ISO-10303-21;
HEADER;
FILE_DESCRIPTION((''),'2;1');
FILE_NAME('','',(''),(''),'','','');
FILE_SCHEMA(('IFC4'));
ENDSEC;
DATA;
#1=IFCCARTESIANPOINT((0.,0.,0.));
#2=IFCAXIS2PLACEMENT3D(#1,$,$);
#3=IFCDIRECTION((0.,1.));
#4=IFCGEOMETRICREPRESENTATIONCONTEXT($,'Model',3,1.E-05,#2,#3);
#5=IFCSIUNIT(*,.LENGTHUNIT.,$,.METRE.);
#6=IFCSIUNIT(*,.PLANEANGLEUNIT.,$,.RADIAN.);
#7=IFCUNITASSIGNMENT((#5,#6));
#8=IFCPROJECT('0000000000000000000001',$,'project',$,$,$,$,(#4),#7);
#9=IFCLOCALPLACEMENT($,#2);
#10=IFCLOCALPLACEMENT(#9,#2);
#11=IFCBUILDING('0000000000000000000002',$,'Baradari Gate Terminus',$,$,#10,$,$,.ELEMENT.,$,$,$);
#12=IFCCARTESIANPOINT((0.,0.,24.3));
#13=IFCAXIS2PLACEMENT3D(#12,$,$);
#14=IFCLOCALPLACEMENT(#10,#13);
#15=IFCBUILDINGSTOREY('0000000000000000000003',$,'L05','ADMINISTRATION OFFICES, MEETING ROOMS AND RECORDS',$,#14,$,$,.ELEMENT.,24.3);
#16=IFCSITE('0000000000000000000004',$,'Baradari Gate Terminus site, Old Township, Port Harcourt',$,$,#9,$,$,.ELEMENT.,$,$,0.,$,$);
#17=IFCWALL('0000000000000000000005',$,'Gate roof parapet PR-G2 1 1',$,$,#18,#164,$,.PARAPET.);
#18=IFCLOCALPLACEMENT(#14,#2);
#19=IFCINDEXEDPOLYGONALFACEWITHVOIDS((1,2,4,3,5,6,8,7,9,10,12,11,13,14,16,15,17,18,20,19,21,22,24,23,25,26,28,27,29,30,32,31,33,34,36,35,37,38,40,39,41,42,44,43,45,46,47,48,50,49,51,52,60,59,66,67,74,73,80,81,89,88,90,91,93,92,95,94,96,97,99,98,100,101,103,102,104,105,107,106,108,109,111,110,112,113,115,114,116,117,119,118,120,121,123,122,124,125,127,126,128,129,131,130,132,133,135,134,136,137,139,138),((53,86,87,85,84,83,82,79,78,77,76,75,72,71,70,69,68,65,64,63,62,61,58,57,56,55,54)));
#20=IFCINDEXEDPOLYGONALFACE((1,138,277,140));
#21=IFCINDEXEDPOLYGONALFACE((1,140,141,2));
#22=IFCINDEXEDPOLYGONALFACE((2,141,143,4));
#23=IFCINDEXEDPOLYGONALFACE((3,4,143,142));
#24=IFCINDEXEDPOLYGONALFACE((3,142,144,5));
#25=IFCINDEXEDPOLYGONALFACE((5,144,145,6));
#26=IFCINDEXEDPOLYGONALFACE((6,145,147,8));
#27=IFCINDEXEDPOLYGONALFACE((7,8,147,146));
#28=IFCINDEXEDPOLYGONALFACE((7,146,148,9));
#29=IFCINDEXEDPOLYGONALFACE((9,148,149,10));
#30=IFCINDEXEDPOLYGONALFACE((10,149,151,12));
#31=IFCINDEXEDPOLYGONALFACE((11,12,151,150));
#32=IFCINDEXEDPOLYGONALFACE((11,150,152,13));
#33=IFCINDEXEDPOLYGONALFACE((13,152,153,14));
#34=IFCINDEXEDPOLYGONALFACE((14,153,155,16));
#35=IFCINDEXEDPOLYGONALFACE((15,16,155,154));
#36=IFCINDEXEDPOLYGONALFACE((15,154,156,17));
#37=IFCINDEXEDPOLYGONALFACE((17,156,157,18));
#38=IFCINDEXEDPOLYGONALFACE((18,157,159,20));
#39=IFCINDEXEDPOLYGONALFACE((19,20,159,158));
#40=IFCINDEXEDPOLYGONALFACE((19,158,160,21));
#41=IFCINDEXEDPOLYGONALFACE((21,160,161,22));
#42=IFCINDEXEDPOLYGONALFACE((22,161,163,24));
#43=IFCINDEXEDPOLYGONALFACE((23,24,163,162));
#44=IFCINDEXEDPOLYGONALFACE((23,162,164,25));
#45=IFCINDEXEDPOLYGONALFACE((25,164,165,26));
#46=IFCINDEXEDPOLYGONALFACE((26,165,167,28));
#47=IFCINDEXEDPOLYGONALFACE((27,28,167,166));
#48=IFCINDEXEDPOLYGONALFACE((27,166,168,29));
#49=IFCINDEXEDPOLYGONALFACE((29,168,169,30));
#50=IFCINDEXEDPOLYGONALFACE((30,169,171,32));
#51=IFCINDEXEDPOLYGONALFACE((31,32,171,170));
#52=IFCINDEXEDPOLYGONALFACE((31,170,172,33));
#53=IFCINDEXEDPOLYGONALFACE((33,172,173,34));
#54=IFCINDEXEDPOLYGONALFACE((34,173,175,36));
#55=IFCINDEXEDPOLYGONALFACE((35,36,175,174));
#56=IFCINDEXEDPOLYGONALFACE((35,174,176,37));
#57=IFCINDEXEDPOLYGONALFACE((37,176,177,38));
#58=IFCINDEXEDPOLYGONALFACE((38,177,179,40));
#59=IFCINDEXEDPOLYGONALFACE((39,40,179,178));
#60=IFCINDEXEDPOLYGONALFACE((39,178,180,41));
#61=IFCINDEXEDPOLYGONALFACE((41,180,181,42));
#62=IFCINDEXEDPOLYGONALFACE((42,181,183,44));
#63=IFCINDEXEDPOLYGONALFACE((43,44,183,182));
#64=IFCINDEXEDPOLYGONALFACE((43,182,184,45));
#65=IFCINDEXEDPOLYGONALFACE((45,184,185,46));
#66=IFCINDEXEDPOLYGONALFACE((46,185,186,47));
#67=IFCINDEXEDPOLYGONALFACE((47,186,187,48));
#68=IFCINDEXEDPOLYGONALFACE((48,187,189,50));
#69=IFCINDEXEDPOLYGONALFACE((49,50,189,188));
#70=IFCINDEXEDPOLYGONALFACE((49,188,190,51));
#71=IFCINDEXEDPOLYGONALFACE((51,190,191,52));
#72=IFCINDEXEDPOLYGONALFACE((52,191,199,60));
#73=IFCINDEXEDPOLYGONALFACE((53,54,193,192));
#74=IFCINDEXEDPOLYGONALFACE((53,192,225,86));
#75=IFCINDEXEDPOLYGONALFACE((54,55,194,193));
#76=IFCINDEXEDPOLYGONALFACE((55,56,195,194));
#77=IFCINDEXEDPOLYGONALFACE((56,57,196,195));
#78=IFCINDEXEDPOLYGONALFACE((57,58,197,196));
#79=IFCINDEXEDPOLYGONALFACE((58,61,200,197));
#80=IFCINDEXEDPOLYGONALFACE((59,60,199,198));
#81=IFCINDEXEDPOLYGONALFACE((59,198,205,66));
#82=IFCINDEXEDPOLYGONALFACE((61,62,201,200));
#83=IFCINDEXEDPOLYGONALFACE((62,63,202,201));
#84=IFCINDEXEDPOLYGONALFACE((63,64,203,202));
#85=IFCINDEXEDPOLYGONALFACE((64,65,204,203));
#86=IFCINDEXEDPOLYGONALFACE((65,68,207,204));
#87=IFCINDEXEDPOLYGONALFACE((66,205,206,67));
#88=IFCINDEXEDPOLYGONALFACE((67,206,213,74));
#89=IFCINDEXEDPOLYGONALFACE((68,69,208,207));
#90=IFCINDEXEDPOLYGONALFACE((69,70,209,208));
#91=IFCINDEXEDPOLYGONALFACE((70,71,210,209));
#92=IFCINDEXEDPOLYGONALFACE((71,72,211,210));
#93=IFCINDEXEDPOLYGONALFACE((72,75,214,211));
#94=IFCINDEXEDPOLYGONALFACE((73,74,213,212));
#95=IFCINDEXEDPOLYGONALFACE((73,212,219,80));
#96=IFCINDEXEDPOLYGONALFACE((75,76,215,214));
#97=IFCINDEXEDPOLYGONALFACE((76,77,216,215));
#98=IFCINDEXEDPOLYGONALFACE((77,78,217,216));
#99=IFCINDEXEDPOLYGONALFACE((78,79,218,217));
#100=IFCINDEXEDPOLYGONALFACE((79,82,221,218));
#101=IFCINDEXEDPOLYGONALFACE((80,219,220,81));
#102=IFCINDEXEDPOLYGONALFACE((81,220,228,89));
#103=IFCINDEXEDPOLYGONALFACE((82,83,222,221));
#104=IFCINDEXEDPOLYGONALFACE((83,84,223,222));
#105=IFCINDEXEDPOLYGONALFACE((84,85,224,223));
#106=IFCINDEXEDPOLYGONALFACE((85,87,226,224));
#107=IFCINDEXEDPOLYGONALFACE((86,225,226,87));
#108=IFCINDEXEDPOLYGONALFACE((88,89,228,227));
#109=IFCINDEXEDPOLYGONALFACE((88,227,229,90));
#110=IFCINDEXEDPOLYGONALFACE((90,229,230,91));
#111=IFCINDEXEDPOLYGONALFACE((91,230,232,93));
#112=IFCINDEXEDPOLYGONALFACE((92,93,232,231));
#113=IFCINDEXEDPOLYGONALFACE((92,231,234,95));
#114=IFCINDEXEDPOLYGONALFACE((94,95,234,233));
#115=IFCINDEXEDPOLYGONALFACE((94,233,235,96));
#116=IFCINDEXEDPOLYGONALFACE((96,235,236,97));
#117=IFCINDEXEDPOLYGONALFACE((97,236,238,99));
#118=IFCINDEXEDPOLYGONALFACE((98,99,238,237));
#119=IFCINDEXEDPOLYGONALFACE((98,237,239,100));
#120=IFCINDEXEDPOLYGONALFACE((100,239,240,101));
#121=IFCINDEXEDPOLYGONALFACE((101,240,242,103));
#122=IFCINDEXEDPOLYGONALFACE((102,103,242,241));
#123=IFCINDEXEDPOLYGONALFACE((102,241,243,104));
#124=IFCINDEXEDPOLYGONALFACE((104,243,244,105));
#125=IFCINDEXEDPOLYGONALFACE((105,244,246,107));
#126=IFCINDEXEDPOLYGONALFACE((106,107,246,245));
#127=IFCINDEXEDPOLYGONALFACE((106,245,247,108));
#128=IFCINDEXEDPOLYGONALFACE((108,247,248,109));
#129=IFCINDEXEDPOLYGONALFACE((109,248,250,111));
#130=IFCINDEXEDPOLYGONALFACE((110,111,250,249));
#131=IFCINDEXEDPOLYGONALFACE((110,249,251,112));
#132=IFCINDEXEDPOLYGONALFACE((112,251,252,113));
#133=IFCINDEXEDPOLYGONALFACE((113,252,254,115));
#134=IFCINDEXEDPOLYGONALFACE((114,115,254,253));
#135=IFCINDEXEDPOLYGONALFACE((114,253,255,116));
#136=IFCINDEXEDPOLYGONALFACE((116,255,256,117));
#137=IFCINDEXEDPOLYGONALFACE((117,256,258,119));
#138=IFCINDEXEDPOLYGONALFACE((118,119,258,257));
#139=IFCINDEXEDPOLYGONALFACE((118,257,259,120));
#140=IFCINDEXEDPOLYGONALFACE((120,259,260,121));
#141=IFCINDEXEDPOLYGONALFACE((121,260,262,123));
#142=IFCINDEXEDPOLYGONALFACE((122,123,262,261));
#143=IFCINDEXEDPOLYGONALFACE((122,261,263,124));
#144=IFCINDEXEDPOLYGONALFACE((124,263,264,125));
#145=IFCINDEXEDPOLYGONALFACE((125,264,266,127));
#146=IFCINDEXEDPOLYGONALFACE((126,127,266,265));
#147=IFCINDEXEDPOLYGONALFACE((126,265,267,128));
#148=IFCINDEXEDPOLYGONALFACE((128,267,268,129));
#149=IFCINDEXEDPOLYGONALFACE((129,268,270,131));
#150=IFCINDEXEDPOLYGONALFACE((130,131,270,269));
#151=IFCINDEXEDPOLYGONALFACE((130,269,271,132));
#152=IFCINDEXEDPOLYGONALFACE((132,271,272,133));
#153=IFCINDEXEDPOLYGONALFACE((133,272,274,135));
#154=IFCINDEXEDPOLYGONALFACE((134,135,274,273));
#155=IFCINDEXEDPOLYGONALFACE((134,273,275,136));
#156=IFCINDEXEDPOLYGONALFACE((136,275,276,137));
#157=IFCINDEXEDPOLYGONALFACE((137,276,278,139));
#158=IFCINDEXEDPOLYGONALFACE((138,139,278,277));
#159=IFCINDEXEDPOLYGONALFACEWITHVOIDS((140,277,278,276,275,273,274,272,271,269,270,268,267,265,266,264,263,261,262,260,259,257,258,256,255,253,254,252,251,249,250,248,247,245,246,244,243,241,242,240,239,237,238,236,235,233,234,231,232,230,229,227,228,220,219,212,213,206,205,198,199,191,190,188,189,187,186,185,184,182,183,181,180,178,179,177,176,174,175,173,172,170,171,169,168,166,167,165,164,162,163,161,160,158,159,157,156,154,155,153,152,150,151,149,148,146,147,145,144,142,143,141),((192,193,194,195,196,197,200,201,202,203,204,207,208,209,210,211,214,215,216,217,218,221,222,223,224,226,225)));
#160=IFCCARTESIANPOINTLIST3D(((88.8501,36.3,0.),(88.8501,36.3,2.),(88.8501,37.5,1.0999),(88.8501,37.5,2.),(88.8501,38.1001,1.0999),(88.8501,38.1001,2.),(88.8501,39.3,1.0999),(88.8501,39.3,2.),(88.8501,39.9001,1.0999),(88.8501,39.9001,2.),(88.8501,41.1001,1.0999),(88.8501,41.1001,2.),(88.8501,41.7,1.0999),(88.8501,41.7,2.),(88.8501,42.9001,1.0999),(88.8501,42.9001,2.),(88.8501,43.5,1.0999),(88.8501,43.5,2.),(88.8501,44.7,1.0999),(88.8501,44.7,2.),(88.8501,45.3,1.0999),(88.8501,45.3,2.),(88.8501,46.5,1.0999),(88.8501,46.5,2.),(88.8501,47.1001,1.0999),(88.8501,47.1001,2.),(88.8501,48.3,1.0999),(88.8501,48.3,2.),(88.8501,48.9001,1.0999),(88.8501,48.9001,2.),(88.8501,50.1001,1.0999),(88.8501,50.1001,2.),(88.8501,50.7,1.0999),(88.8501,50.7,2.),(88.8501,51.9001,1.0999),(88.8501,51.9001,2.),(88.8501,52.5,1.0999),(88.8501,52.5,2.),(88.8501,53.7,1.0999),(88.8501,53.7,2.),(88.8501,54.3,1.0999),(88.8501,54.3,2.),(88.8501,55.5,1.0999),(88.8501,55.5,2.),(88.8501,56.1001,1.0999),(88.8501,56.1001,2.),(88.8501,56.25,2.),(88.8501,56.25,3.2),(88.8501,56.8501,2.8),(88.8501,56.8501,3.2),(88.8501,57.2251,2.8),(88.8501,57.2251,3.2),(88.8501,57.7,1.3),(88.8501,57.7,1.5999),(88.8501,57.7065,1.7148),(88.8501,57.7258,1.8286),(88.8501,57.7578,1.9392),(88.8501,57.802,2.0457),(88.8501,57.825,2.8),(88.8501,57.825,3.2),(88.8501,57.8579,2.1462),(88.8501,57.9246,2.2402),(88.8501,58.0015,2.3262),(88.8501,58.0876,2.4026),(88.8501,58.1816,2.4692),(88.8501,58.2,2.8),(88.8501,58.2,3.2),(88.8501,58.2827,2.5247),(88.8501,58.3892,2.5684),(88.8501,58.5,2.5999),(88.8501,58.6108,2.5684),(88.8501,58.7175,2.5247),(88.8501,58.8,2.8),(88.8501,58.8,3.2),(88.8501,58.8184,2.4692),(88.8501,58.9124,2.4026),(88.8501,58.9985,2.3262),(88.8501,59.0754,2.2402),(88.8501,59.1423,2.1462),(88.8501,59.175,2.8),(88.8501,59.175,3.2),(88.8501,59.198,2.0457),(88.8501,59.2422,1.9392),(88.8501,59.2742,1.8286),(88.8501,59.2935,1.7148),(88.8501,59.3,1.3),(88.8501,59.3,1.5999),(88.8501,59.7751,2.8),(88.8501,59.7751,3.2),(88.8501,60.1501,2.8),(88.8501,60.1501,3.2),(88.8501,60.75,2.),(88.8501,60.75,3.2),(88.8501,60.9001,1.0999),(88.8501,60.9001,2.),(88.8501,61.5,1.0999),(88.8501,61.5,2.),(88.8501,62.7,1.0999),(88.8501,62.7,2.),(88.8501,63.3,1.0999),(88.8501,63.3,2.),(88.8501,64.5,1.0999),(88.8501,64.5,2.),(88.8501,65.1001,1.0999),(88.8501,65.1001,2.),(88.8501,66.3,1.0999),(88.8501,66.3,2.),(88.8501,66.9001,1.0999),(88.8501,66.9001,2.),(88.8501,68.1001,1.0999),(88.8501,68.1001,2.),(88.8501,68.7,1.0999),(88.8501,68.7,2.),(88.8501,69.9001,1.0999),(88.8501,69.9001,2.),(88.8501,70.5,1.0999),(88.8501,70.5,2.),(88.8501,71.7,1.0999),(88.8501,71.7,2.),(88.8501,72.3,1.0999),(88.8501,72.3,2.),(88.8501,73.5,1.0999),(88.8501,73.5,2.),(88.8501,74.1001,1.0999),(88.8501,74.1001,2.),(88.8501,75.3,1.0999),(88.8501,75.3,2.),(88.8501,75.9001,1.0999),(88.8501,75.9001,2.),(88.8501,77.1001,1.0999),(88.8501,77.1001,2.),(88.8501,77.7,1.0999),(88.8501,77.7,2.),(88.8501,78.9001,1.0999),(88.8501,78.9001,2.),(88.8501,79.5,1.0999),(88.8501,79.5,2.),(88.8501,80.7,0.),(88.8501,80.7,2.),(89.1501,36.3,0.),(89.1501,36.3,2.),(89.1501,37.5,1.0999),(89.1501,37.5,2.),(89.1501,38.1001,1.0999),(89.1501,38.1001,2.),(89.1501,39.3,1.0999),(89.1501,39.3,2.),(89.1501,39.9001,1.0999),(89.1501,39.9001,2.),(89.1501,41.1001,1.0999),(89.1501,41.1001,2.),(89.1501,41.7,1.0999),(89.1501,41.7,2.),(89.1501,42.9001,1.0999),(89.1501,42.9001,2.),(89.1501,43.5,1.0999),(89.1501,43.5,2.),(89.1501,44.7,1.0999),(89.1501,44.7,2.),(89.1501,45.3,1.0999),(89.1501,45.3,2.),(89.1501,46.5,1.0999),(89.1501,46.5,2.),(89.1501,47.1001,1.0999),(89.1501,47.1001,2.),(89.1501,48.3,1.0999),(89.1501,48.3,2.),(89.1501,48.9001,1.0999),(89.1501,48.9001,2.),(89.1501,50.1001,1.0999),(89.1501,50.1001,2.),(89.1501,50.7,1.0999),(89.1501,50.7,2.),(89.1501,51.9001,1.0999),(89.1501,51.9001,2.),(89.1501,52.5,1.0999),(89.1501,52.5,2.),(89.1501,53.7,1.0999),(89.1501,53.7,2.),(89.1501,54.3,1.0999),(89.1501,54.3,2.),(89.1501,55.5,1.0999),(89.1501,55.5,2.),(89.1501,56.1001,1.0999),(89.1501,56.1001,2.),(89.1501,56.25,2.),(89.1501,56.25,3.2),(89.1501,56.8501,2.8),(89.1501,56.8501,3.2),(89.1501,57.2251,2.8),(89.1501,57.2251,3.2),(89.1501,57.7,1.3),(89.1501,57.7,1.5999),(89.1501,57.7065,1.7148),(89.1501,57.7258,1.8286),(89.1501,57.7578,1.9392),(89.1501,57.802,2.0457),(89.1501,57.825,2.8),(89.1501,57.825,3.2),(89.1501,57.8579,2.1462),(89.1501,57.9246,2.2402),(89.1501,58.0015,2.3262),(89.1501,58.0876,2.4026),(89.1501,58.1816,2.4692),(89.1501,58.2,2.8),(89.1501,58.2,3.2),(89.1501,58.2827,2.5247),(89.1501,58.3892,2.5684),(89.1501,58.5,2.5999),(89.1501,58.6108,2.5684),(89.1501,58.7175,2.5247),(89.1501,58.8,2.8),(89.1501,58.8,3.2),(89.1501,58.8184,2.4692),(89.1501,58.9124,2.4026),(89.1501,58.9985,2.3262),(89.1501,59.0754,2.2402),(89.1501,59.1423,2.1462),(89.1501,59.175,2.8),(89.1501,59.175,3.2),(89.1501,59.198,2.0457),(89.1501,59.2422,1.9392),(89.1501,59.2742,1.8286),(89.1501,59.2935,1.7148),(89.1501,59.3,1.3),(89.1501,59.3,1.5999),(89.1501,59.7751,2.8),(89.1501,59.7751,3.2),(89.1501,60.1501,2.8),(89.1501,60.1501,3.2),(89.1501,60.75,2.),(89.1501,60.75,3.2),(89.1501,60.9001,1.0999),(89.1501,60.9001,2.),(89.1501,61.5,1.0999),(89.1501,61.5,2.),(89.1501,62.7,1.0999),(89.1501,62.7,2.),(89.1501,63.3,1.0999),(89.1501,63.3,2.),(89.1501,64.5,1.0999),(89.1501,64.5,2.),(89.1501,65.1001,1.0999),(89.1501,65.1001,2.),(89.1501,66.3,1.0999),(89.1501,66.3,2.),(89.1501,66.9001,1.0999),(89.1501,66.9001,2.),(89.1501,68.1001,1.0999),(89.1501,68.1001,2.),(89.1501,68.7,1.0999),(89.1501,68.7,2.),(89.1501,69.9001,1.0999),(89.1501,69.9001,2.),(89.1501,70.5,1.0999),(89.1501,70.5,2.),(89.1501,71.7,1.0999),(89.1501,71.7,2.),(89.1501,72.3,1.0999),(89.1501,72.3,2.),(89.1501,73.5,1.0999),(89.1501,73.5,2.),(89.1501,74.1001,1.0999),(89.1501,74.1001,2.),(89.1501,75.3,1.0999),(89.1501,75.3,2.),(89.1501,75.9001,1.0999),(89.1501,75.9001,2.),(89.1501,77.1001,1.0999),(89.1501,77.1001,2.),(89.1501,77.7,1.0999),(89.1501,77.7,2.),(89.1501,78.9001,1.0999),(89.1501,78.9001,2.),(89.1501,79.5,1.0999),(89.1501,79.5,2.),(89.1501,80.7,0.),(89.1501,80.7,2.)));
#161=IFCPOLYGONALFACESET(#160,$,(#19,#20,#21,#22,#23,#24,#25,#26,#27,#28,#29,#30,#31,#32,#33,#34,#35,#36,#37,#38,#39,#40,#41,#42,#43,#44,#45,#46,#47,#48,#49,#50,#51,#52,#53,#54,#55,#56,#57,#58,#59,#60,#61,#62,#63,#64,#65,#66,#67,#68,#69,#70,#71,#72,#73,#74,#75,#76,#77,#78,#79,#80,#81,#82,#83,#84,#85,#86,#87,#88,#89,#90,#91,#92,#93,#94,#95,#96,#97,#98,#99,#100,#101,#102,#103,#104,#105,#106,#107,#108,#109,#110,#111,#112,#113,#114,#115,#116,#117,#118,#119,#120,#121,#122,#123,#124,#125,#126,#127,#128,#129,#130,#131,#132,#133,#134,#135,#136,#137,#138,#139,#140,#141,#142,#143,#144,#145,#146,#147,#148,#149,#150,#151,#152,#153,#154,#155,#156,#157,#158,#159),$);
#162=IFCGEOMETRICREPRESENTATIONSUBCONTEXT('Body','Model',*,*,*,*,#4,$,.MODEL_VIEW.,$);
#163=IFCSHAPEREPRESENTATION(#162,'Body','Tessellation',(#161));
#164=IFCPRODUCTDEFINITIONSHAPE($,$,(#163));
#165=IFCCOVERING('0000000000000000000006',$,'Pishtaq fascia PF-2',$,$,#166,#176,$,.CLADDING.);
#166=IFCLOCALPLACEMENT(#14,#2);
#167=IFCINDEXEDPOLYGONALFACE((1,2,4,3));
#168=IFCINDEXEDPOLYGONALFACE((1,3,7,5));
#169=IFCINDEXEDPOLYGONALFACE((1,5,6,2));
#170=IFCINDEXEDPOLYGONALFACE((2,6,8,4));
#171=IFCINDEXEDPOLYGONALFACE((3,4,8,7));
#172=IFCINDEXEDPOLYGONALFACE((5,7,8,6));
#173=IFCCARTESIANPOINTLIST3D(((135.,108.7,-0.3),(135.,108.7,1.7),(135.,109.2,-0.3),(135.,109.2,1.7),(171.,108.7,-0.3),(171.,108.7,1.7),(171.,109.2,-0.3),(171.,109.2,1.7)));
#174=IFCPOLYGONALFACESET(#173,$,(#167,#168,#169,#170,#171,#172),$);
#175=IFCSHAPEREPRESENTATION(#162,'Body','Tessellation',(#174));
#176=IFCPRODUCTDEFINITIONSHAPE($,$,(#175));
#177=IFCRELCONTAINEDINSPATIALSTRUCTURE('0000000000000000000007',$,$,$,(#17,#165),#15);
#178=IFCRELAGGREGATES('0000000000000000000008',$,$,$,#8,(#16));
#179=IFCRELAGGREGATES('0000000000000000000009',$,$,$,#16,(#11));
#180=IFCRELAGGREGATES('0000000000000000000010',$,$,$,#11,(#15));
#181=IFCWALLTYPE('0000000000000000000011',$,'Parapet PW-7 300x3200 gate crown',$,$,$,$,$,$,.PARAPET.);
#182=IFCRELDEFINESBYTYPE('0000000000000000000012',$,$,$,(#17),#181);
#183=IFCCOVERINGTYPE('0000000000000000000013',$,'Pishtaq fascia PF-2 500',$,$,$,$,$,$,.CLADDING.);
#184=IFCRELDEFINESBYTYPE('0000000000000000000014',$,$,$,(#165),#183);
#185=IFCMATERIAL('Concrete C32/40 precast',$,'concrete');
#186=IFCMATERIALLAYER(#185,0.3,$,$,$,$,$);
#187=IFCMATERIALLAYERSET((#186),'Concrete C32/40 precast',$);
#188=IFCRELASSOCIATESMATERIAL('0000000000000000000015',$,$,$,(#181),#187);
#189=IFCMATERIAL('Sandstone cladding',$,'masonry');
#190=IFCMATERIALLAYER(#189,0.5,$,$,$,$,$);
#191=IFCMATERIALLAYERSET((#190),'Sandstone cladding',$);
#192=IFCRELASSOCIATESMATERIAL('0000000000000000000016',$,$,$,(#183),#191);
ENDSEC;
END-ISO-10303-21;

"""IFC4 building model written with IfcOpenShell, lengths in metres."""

from ifc_helpers import new_model, si_unit, direction, frame, origin, origin_2d, place, context, subcontext, project, spatial, polyline, rectangle, outline, extrude, material, layer, layer_set, type_object, element, save


model = new_model("IFC4")

# Units and contexts
model_context = context("Model", 3, precision=1e-05, world=origin(), true_north=direction((0.0, 1.0)))
body_context = subcontext(model_context, "Body", "Model", "MODEL_VIEW")
ifc_project = project(units=[si_unit("LENGTHUNIT", "METRE"), si_unit("PLANEANGLEUNIT", "RADIAN")], contexts=[model_context])

# Site, building, storey
site_placement = place(None, origin())
site = spatial("IfcSite", under=ifc_project, at=site_placement, Name="Baradari Gate Terminus site, Old Township, Port Harcourt", CompositionType="ELEMENT", RefElevation=0.0)
building_placement = place(site_placement, origin())
building = spatial("IfcBuilding", under=site, at=building_placement, Name="Baradari Gate Terminus", CompositionType="ELEMENT")
storey_placement = place(building_placement, frame((0.0, 0.0, 24.3)))
storey = spatial("IfcBuildingStorey", under=building, at=storey_placement, Name="L05", Description="ADMINISTRATION OFFICES, MEETING ROOMS AND RECORDS", CompositionType="ELEMENT", Elevation=24.3)

# Wall
ifc_material_1 = material(Name="Concrete C32/40 precast", Category="concrete")
ifc_layer_1 = layer(ifc_material_1, 0.3)
ifc_layer_set_1 = layer_set([ifc_layer_1], Name="Concrete C32/40 precast")
wall_type = type_object("IfcWallType", Name="Parapet PW-7 300x3200 gate crown", PredefinedType="PARAPET", material=ifc_layer_set_1)
wall_1_placement = place(storey_placement, frame((89.0, 36.3, 0.0), z_axis=(0.0, 0.0, 1.0), x_axis=(0.0, 1.0, 0.0)))
element("IfcWall", 1, at=wall_1_placement, inside=storey, type_object=wall_type, Name="Gate roof parapet PR-G2 1 1", PredefinedType="PARAPET", context=body_context, shape_type="SweptSolid", body=[
    extrude(outline(polyline([(12.0, 2.0), (10.8, 2.0), (10.8, 1.0999), (10.2, 1.0999), (10.2, 2.0), (9.0, 2.0), (9.0, 1.0999), (8.3999, 1.0999), (8.3999, 2.0), (7.2, 2.0), (7.2, 1.0999), (6.6001, 1.0999), (6.6001, 2.0), (5.3999, 2.0), (5.3999, 1.0999), (4.8, 1.0999), (4.8, 2.0), (3.6001, 2.0), (3.6001, 1.0999), (3.0, 1.0999), (3.0, 2.0), (1.8, 2.0), (1.8, 1.0999), (1.2, 1.0999), (1.2, 2.0), (0.0, 2.0), (0.0, 0.0), (44.3999, 0.0), (44.3999, 2.0), (43.2, 2.0), (43.2, 1.0999), (42.6001, 1.0999), (42.6001, 2.0), (41.3999, 2.0), (41.3999, 1.0999), (40.8, 1.0999), (40.8, 2.0), (39.6001, 2.0), (39.6001, 1.0999), (39.0, 1.0999), (39.0, 2.0), (37.8, 2.0), (37.8, 1.0999), (37.2, 1.0999), (37.2, 2.0), (36.0, 2.0), (36.0, 1.0999), (35.3999, 1.0999), (35.3999, 2.0), (34.2, 2.0), (34.2, 1.0999), (33.6001, 1.0999), (33.6001, 2.0), (32.3999, 2.0), (32.3999, 1.0999), (31.8, 1.0999), (31.8, 2.0), (30.6001, 2.0), (30.6001, 1.0999), (30.0, 1.0999), (30.0, 2.0), (28.8, 2.0), (28.8, 1.0999), (28.2, 1.0999), (28.2, 2.0), (27.0, 2.0), (27.0, 1.0999), (26.3999, 1.0999), (26.3999, 2.0), (25.2, 2.0), (25.2, 1.0999), (24.6001, 1.0999), (24.6001, 2.0), (24.45, 2.0), (24.45, 3.2), (23.8501, 3.2), (23.8501, 2.8), (23.4751, 2.8), (23.4751, 3.2), (22.875, 3.2), (22.875, 2.8), (22.5, 2.8), (22.5, 3.2), (21.8999, 3.2), (21.8999, 2.8), (21.5249, 2.8), (21.5249, 3.2), (20.925, 3.2), (20.925, 2.8), (20.55, 2.8), (20.55, 3.2), (19.95, 3.2), (19.95, 2.0), (19.8, 2.0), (19.8, 1.0999), (19.2, 1.0999), (19.2, 2.0), (18.0, 2.0), (18.0, 1.0999), (17.3999, 1.0999), (17.3999, 2.0), (16.2, 2.0), (16.2, 1.0999), (15.6001, 1.0999), (15.6001, 2.0), (14.3999, 2.0), (14.3999, 1.0999), (13.8, 1.0999), (13.8, 2.0), (12.6001, 2.0), (12.6001, 1.0999), (12.0, 1.0999), (12.0, 2.0)]), holes=[polyline([(21.3999, 1.3), (21.3999, 1.5999), (21.4065, 1.7148), (21.4258, 1.8286), (21.4578, 1.9392), (21.502, 2.0457), (21.5579, 2.1462), (21.6245, 2.2402), (21.7014, 2.3262), (21.7876, 2.4026), (21.8816, 2.4692), (21.9827, 2.5247), (22.0891, 2.5684), (22.2, 2.5999), (22.3108, 2.5684), (22.4175, 2.5247), (22.5183, 2.4692), (22.6123, 2.4026), (22.6985, 2.3262), (22.7754, 2.2402), (22.8423, 2.1462), (22.8979, 2.0457), (22.9421, 1.9392), (22.9741, 1.8286), (22.9934, 1.7148), (23.0, 1.5999), (23.0, 1.3), (21.3999, 1.3)])]), frame((0.0, 0.1499, 0.0), z_axis=(0.0, -1.0, 0.0), x_axis=(1.0, 0.0, 0.0)), (0.0, 0.0, 1.0), 0.3),
])

# Covering
ifc_material_2 = material(Name="Sandstone cladding", Category="masonry")
ifc_layer_2 = layer(ifc_material_2, 0.5)
ifc_layer_set_2 = layer_set([ifc_layer_2], Name="Sandstone cladding")
covering_type_1 = type_object("IfcCoveringType", Name="Pishtaq fascia PF-2 500", PredefinedType="CLADDING", material=ifc_layer_set_2)
covering_1_placement = place(storey_placement, frame((153.0, 108.95, -0.3), z_axis=(0.0, 0.0, 1.0), x_axis=(1.0, 0.0, 0.0)))
element("IfcCovering", 2, at=covering_1_placement, inside=storey, type_object=covering_type_1, Name="Pishtaq fascia PF-2", PredefinedType="CLADDING", context=body_context, shape_type="SweptSolid", body=[
    extrude(rectangle(XDim=36.0, YDim=0.5, at=origin_2d()), origin(), (0.0, 0.0, 1.0), 2.0),
])

save(model, "model.ifc")
